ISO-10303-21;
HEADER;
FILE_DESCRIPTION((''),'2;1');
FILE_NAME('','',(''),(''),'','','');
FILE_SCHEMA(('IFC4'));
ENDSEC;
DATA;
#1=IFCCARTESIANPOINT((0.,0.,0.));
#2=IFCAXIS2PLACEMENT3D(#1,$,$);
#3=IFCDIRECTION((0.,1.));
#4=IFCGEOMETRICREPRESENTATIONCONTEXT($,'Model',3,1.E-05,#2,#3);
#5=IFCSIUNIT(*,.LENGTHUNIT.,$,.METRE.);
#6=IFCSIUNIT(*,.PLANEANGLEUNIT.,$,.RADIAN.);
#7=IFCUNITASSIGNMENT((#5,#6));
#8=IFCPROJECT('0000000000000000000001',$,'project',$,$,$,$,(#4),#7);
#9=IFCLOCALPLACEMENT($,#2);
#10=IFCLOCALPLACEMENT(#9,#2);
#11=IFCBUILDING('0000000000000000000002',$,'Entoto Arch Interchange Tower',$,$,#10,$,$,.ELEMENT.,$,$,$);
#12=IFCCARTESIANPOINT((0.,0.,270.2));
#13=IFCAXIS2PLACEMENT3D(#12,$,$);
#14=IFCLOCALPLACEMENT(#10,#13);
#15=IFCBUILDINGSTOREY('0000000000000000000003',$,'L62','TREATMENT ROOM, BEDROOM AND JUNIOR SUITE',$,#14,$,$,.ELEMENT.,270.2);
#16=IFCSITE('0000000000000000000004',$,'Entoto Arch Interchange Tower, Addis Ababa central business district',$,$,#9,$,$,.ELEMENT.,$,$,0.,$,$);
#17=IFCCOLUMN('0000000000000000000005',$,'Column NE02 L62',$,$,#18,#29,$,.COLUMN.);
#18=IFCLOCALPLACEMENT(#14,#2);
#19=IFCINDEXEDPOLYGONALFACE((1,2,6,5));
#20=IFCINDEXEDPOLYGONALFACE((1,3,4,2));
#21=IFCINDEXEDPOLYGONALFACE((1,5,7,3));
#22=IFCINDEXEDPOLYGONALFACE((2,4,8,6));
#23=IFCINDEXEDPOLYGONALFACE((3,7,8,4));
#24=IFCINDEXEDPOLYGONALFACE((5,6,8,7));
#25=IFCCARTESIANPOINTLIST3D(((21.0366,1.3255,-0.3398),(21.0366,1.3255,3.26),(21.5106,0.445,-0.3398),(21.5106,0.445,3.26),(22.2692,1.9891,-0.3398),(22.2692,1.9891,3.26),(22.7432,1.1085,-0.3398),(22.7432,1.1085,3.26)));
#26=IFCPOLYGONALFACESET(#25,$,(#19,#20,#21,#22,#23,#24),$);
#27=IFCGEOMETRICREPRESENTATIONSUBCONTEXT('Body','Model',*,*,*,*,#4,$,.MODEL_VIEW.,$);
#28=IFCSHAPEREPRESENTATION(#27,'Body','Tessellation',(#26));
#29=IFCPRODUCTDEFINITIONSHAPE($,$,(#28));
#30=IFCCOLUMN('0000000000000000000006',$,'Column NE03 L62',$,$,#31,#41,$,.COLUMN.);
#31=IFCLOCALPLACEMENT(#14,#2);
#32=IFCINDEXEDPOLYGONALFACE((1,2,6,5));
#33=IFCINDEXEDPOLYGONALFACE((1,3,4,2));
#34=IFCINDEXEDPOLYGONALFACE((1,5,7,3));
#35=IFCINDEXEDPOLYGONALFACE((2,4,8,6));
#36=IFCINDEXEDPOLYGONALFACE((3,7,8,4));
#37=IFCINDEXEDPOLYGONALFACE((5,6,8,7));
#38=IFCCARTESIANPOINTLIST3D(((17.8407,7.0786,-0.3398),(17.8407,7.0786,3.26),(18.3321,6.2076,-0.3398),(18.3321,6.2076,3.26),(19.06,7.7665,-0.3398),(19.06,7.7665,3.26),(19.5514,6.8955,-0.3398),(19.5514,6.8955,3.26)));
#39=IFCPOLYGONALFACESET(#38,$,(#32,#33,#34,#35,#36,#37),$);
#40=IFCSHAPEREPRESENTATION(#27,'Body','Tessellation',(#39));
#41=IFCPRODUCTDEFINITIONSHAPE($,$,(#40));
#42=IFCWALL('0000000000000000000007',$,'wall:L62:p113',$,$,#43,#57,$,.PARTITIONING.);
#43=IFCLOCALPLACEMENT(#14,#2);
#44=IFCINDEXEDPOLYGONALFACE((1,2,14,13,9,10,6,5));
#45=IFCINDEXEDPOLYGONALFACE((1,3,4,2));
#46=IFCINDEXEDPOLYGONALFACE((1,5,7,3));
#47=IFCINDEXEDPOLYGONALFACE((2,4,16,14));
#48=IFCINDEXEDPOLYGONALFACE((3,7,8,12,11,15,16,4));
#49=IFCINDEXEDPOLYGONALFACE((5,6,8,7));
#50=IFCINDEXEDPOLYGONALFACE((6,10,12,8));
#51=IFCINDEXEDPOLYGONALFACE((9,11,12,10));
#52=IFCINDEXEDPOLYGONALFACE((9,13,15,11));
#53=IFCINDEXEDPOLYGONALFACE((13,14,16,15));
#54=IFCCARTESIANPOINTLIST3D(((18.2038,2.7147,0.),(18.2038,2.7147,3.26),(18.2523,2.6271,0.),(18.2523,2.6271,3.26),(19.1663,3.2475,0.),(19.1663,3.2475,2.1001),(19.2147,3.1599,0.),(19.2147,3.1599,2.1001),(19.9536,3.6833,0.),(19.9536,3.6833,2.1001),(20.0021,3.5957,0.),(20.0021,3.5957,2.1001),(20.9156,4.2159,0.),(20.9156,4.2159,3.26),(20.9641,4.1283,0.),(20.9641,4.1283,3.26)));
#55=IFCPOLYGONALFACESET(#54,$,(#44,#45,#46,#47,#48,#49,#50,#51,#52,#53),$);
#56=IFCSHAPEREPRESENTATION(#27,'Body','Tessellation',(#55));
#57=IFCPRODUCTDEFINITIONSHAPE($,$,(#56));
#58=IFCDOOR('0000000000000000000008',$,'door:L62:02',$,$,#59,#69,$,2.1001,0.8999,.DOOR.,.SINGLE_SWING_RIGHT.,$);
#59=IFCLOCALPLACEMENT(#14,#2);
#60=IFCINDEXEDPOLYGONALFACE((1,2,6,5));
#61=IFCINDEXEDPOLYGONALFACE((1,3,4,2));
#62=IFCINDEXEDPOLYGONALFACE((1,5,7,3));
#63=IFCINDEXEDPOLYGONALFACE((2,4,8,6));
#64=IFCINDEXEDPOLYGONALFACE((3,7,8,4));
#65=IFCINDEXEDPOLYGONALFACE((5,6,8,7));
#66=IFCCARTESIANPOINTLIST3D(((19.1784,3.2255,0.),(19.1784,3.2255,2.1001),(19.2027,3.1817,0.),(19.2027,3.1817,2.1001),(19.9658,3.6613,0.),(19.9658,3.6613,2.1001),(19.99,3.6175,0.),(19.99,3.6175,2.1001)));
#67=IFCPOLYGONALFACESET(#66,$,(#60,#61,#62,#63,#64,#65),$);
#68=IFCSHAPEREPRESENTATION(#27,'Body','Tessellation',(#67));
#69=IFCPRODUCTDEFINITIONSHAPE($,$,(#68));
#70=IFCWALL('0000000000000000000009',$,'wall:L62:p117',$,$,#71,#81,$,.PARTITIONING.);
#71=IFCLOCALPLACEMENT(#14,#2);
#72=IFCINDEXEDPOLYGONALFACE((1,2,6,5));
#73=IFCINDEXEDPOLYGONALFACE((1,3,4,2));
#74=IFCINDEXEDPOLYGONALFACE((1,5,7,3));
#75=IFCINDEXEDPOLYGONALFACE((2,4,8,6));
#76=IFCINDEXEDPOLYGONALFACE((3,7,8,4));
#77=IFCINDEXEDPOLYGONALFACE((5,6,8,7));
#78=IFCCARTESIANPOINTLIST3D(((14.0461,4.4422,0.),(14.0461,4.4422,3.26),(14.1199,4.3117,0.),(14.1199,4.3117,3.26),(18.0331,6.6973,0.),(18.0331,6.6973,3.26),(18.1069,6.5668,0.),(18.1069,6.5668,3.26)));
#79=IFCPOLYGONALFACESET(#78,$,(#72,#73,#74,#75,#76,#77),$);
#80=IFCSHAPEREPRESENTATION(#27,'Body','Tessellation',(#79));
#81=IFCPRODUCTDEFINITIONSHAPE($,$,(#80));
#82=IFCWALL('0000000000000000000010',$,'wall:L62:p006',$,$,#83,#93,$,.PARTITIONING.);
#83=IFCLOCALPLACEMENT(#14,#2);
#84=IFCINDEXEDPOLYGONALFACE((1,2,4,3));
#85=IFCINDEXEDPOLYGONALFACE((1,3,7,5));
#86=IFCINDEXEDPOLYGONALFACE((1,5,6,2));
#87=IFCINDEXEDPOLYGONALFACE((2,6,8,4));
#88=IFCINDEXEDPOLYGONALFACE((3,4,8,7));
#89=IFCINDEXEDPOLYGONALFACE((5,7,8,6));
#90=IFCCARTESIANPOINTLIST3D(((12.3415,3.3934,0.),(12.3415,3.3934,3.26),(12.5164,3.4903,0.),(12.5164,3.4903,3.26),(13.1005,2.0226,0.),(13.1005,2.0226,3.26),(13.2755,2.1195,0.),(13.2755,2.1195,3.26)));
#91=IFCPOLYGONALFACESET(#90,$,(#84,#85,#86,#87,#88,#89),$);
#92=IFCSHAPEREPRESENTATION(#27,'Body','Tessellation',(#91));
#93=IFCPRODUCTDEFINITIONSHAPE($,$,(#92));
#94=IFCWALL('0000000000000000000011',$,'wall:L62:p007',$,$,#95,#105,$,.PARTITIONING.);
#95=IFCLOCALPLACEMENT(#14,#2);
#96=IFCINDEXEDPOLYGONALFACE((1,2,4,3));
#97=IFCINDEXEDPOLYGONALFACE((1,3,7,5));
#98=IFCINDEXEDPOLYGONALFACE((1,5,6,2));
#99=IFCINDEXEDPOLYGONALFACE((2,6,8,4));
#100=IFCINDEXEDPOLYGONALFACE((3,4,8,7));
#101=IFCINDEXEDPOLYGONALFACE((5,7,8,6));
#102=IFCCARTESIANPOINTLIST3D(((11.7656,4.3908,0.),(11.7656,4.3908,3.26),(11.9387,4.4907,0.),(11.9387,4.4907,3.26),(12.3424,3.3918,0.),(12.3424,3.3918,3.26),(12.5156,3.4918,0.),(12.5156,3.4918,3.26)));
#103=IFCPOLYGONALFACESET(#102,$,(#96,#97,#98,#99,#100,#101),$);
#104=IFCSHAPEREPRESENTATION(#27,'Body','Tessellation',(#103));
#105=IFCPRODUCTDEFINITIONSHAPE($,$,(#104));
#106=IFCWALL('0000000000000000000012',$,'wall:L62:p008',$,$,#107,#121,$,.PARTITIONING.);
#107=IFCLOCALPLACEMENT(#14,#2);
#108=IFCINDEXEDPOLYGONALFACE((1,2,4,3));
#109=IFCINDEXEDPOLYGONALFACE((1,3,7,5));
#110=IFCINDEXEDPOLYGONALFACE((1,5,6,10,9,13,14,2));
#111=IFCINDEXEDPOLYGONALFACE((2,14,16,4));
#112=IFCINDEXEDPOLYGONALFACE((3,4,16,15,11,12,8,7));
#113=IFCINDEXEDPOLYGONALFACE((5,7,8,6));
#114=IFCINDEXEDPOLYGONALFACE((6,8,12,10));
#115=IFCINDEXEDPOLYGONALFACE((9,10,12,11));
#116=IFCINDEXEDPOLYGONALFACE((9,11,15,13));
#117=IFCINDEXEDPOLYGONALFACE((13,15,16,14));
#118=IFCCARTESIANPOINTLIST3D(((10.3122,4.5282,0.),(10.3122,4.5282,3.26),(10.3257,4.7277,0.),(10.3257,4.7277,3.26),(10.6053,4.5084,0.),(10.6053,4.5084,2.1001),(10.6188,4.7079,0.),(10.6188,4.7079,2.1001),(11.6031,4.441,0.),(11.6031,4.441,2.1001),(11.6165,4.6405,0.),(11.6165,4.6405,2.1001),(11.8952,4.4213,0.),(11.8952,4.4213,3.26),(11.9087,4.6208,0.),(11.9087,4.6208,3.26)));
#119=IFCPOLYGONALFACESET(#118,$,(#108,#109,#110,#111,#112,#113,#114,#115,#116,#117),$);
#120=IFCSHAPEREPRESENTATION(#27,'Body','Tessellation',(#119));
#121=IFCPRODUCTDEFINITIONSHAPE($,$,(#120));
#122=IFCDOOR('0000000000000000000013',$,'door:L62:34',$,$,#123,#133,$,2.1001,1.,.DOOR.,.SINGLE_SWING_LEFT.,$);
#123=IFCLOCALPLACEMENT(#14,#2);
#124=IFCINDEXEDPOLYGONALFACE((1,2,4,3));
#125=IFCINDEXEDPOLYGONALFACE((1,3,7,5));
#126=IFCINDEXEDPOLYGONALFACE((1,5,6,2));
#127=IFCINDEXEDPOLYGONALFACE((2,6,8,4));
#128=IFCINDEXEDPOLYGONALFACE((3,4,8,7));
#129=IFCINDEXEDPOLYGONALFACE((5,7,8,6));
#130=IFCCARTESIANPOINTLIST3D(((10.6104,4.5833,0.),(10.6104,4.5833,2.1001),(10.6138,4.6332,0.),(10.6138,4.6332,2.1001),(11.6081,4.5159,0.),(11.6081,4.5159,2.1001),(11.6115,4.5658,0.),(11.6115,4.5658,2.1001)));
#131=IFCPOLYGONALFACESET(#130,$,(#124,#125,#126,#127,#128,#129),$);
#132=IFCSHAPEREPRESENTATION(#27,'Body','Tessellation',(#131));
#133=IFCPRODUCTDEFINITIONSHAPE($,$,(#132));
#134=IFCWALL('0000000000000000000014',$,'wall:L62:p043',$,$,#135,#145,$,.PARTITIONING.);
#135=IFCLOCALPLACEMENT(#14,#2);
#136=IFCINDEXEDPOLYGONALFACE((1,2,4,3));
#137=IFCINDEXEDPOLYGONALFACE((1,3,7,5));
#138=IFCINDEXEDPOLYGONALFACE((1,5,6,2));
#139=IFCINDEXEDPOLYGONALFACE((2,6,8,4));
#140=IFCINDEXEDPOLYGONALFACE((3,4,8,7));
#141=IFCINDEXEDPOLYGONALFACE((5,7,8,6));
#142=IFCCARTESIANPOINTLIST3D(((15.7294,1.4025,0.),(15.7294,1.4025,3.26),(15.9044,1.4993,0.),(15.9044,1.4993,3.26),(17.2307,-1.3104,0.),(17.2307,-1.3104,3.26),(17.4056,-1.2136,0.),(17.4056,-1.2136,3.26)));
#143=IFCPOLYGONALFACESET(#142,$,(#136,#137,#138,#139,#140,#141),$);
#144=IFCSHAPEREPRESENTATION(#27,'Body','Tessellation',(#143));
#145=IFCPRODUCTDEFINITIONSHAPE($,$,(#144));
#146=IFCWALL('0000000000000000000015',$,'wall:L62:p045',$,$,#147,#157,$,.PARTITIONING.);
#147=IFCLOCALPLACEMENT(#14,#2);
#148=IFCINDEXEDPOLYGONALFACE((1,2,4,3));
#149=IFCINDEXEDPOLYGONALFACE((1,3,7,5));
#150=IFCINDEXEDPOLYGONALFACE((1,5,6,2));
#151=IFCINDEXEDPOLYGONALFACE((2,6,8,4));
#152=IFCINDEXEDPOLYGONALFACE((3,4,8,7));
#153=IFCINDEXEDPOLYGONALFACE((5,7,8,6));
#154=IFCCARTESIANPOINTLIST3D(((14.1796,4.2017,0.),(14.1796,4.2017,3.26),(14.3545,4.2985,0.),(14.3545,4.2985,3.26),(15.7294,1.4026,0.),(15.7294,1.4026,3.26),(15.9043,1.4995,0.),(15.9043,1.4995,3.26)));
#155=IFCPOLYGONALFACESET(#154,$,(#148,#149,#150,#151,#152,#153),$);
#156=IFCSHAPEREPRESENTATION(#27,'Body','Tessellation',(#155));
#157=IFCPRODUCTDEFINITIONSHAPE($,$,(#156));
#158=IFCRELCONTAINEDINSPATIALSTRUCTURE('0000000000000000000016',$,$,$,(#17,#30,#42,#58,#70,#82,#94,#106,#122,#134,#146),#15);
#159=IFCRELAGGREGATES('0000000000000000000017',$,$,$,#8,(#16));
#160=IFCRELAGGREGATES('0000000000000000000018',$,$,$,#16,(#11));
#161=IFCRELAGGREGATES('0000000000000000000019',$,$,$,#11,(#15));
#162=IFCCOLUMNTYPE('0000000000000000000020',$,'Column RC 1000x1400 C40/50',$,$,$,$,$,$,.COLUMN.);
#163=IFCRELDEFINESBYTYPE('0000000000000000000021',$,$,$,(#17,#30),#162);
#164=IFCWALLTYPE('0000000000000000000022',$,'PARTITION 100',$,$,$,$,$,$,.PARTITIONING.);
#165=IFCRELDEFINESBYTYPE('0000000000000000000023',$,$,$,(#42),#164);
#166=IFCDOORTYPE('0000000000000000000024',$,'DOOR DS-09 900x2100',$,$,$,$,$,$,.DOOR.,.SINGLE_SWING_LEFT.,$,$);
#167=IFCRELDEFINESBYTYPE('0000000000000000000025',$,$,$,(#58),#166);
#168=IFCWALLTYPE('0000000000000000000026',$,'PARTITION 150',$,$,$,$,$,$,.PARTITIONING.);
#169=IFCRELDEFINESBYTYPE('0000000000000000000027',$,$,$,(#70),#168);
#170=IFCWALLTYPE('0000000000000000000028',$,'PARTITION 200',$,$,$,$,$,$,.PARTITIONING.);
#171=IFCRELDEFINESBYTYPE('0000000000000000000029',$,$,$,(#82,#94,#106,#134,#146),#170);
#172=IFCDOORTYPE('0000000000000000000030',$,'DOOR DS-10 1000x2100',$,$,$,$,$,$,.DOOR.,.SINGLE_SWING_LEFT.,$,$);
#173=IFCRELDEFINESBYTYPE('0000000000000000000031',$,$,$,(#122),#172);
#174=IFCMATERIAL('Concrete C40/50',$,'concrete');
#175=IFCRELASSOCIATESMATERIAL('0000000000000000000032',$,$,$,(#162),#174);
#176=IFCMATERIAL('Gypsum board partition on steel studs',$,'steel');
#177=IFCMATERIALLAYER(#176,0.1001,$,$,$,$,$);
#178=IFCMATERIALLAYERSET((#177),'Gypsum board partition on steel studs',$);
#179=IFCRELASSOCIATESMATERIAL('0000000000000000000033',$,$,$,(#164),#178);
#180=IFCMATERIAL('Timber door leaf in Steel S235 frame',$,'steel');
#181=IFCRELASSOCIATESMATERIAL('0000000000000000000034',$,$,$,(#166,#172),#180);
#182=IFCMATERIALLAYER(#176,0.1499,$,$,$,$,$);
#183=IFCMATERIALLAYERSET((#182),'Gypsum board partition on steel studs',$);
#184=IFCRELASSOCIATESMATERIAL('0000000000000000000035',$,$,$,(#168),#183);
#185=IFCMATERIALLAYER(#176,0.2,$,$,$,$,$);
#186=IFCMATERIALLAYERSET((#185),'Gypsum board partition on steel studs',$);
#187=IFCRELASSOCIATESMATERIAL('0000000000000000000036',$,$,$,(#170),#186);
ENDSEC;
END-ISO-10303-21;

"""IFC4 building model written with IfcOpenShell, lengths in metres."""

from ifc_helpers import new_model, si_unit, direction, frame, frame_2d, origin, origin_2d, place, context, subcontext, project, spatial, rectangle, extrude, material, layer, layer_set, material_profile, profile_set, type_object, element, fill, save


model = new_model("IFC4")

# Units and contexts
model_context = context("Model", 3, precision=1e-05, world=origin(), true_north=direction((0.0, 1.0)))
body_context = subcontext(model_context, "Body", "Model", "MODEL_VIEW")
ifc_project = project(units=[si_unit("LENGTHUNIT", "METRE"), si_unit("PLANEANGLEUNIT", "RADIAN")], contexts=[model_context])

# Site, building, storey
site_placement = place(None, origin())
site = spatial("IfcSite", under=ifc_project, at=site_placement, Name="Entoto Arch Interchange Tower, Addis Ababa central business district", CompositionType="ELEMENT", RefElevation=0.0)
building_placement = place(site_placement, origin())
building = spatial("IfcBuilding", under=site, at=building_placement, Name="Entoto Arch Interchange Tower", CompositionType="ELEMENT")
storey_placement = place(building_placement, frame((0.0, 0.0, 270.2)))
storey = spatial("IfcBuildingStorey", under=building, at=storey_placement, Name="L62", Description="TREATMENT ROOM, BEDROOM AND JUNIOR SUITE", CompositionType="ELEMENT", Elevation=270.2)

# Columns
ifc_material_1 = material(Name="Concrete C40/50", Category="concrete")
ifc_material_profile = material_profile(ifc_material_1, rectangle(XDim=1.0, YDim=1.3999, at=origin_2d()))
ifc_profile_set = profile_set([ifc_material_profile], Name="Concrete C40/50")
column_type = type_object("IfcColumnType", Name="Column RC 1000x1400 C40/50", PredefinedType="COLUMN", material=ifc_profile_set)
for number, where, z_axis, x_axis, name in (
    (1, (21.8899, 1.217, -0.3398), (0.0, 0.0, 1.0), (-0.473981, 0.880535, 0.0), "Column NE02 L62"),
    (2, (18.696, 6.9871, -0.3398), (0.0, 0.0, 1.0), (-0.491375, 0.870948, 0.0), "Column NE03 L62"),
):
    element("IfcColumn", number, at=place(storey_placement, frame(where, z_axis=z_axis, x_axis=x_axis)), inside=storey, type_object=column_type, Name=name, PredefinedType="COLUMN", context=body_context, shape_type="SweptSolid", body=[
        extrude(rectangle(XDim=1.0, YDim=1.3999, at=origin_2d()), origin(), (0.0, 0.0, 1.0), 3.5999),
    ])

# Wall, opening, door
ifc_material_2 = material(Name="Gypsum board partition on steel studs", Category="steel")
ifc_layer_1 = layer(ifc_material_2, 0.1001)
ifc_layer_set_1 = layer_set([ifc_layer_1], Name="Gypsum board partition on steel studs")
wall_type_1 = type_object("IfcWallType", Name="PARTITION 100", PredefinedType="PARTITIONING", material=ifc_layer_set_1)
wall_1_placement = place(storey_placement, frame((18.228, 2.6709, 0.0), z_axis=(0.0, 0.0, 1.0), x_axis=(0.874896, 0.484312, 0.0)))
wall_1 = element("IfcWall", 3, at=wall_1_placement, inside=storey, type_object=wall_type_1, Name="wall:L62:p113", PredefinedType="PARTITIONING", context=body_context, shape_type="SweptSolid", body=[
    extrude(rectangle(XDim=3.0996, YDim=0.1001, at=frame_2d((1.5498, 0.0))), origin(), (0.0, 0.0, 1.0), 3.26),
])
opening_1_placement = place(wall_1_placement, frame((1.1001, 0.0, 0.0)))
opening_1 = element("IfcOpeningElement", 4, at=opening_1_placement, cuts=wall_1, PredefinedType="OPENING", context=body_context, shape_type="SweptSolid", body=[
    extrude(rectangle(XDim=0.8999, YDim=2.1001, at=frame_2d((0.45, 1.05))), frame((0.0, 0.0601, 0.0), z_axis=(0.0, -1.0, 0.0), x_axis=(1.0, 0.0, 0.0)), (0.0, 0.0, 1.0), 0.1201),
])
ifc_material_3 = material(Name="Timber door leaf in Steel S235 frame", Category="steel")
door_type_1 = type_object("IfcDoorType", Name="DOOR DS-09 900x2100", OperationType="SINGLE_SWING_LEFT", PredefinedType="DOOR", material=ifc_material_3)
door_1_placement = place(opening_1_placement, origin())
door_1 = element("IfcDoor", 5, at=door_1_placement, inside=storey, type_object=door_type_1, Name="door:L62:02", OperationType="SINGLE_SWING_RIGHT", OverallHeight=2.1001, OverallWidth=0.8999, PredefinedType="DOOR", context=body_context, shape_type="SweptSolid", body=[
    extrude(rectangle(XDim=0.8999, YDim=2.1001, at=frame_2d((0.45, 1.05))), frame((0.0, 0.0249, 0.0), z_axis=(0.0, -1.0, 0.0), x_axis=(1.0, 0.0, 0.0)), (0.0, 0.0, 1.0), 0.05),
])
fill(opening_1, door_1)

# Walls
ifc_layer_2 = layer(ifc_material_2, 0.1499)
ifc_layer_set_2 = layer_set([ifc_layer_2], Name="Gypsum board partition on steel studs")
wall_type_2 = type_object("IfcWallType", Name="PARTITION 150", PredefinedType="PARTITIONING", material=ifc_layer_set_2)
wall_2_placement = place(storey_placement, frame((14.083, 4.377, 0.0), z_axis=(0.0, 0.0, 1.0), x_axis=(0.870416, 0.492317, 0.0)))
element("IfcWall", 6, at=wall_2_placement, inside=storey, type_object=wall_type_2, Name="wall:L62:p117", PredefinedType="PARTITIONING", context=body_context, shape_type="SweptSolid", body=[
    extrude(rectangle(XDim=4.5806, YDim=0.1499, at=frame_2d((2.2903, 0.0))), origin(), (0.0, 0.0, 1.0), 3.26),
])
ifc_layer_3 = layer(ifc_material_2, 0.2)
ifc_layer_set_3 = layer_set([ifc_layer_3], Name="Gypsum board partition on steel studs")
wall_type_3 = type_object("IfcWallType", Name="PARTITION 200", PredefinedType="PARTITIONING", material=ifc_layer_set_3)
wall_3_placement = place(storey_placement, frame((13.188, 2.071, 0.0), z_axis=(0.0, 0.0, 1.0), x_axis=(-0.484399, 0.874847, 0.0)))
element("IfcWall", 7, at=wall_3_placement, inside=storey, type_object=wall_type_3, Name="wall:L62:p006", PredefinedType="PARTITIONING", context=body_context, shape_type="SweptSolid", body=[
    extrude(rectangle(XDim=1.5669, YDim=0.2, at=frame_2d((0.7834, 0.0))), origin(), (0.0, 0.0, 1.0), 3.26),
])
wall_4_placement = place(storey_placement, frame((12.429, 3.4419, 0.0), z_axis=(0.0, 0.0, 1.0), x_axis=(-0.500077, 0.865981, 0.0)))
element("IfcWall", 8, at=wall_4_placement, inside=storey, type_object=wall_type_3, Name="wall:L62:p007", PredefinedType="PARTITIONING", context=body_context, shape_type="SweptSolid", body=[
    extrude(rectangle(XDim=1.1536, YDim=0.2, at=frame_2d((0.5767, 0.0))), origin(), (0.0, 0.0, 1.0), 3.26),
])

# Wall, opening, door
wall_5_placement = place(storey_placement, frame((11.9021, 4.521, 0.0), z_axis=(0.0, 0.0, 1.0), x_axis=(-0.997726, 0.067397, 0.0)))
wall_5 = element("IfcWall", 9, at=wall_5_placement, inside=storey, type_object=wall_type_3, Name="wall:L62:p008", PredefinedType="PARTITIONING", context=body_context, shape_type="SweptSolid", body=[
    extrude(rectangle(XDim=1.5867, YDim=0.2, at=frame_2d((0.7935, 0.0))), origin(), (0.0, 0.0, 1.0), 3.26),
])
opening_2_placement = place(wall_5_placement, frame((0.293, 0.0, 0.0)))
opening_2 = element("IfcOpeningElement", 10, at=opening_2_placement, cuts=wall_5, PredefinedType="OPENING", context=body_context, shape_type="SweptSolid", body=[
    extrude(rectangle(XDim=1.0, YDim=2.1001, at=frame_2d((0.5, 1.05))), frame((0.0, 0.1099, 0.0), z_axis=(0.0, -1.0, 0.0), x_axis=(1.0, 0.0, 0.0)), (0.0, 0.0, 1.0), 0.22),
])
door_type_2 = type_object("IfcDoorType", Name="DOOR DS-10 1000x2100", OperationType="SINGLE_SWING_LEFT", PredefinedType="DOOR", material=ifc_material_3)
door_2_placement = place(opening_2_placement, origin())
door_2 = element("IfcDoor", 11, at=door_2_placement, inside=storey, type_object=door_type_2, Name="door:L62:34", OperationType="SINGLE_SWING_LEFT", OverallHeight=2.1001, OverallWidth=1.0, PredefinedType="DOOR", context=body_context, shape_type="SweptSolid", body=[
    extrude(rectangle(XDim=1.0, YDim=2.1001, at=frame_2d((0.5, 1.05))), frame((0.0, 0.0249, 0.0), z_axis=(0.0, -1.0, 0.0), x_axis=(1.0, 0.0, 0.0)), (0.0, 0.0, 1.0), 0.05),
])
fill(opening_2, door_2)

# Walls
wall_6_placement = place(storey_placement, frame((15.8169, 1.4509, 0.0), z_axis=(0.0, 0.0, 1.0), x_axis=(0.484178, -0.874969, 0.0)))
element("IfcWall", 12, at=wall_6_placement, inside=storey, type_object=wall_type_3, Name="wall:L62:p043", PredefinedType="PARTITIONING", context=body_context, shape_type="SweptSolid", body=[
    extrude(rectangle(XDim=3.1006, YDim=0.2, at=frame_2d((1.5503, 0.0))), origin(), (0.0, 0.0, 1.0), 3.26),
])
wall_7_placement = place(storey_placement, frame((14.2671, 4.25, 0.0), z_axis=(0.0, 0.0, 1.0), x_axis=(0.484392, -0.874851, 0.0)))
element("IfcWall", 13, at=wall_7_placement, inside=storey, type_object=wall_type_3, Name="wall:L62:p045", PredefinedType="PARTITIONING", context=body_context, shape_type="SweptSolid", body=[
    extrude(rectangle(XDim=3.1995, YDim=0.2, at=frame_2d((1.5996, 0.0))), origin(), (0.0, 0.0, 1.0), 3.26),
])

save(model, "model.ifc")
